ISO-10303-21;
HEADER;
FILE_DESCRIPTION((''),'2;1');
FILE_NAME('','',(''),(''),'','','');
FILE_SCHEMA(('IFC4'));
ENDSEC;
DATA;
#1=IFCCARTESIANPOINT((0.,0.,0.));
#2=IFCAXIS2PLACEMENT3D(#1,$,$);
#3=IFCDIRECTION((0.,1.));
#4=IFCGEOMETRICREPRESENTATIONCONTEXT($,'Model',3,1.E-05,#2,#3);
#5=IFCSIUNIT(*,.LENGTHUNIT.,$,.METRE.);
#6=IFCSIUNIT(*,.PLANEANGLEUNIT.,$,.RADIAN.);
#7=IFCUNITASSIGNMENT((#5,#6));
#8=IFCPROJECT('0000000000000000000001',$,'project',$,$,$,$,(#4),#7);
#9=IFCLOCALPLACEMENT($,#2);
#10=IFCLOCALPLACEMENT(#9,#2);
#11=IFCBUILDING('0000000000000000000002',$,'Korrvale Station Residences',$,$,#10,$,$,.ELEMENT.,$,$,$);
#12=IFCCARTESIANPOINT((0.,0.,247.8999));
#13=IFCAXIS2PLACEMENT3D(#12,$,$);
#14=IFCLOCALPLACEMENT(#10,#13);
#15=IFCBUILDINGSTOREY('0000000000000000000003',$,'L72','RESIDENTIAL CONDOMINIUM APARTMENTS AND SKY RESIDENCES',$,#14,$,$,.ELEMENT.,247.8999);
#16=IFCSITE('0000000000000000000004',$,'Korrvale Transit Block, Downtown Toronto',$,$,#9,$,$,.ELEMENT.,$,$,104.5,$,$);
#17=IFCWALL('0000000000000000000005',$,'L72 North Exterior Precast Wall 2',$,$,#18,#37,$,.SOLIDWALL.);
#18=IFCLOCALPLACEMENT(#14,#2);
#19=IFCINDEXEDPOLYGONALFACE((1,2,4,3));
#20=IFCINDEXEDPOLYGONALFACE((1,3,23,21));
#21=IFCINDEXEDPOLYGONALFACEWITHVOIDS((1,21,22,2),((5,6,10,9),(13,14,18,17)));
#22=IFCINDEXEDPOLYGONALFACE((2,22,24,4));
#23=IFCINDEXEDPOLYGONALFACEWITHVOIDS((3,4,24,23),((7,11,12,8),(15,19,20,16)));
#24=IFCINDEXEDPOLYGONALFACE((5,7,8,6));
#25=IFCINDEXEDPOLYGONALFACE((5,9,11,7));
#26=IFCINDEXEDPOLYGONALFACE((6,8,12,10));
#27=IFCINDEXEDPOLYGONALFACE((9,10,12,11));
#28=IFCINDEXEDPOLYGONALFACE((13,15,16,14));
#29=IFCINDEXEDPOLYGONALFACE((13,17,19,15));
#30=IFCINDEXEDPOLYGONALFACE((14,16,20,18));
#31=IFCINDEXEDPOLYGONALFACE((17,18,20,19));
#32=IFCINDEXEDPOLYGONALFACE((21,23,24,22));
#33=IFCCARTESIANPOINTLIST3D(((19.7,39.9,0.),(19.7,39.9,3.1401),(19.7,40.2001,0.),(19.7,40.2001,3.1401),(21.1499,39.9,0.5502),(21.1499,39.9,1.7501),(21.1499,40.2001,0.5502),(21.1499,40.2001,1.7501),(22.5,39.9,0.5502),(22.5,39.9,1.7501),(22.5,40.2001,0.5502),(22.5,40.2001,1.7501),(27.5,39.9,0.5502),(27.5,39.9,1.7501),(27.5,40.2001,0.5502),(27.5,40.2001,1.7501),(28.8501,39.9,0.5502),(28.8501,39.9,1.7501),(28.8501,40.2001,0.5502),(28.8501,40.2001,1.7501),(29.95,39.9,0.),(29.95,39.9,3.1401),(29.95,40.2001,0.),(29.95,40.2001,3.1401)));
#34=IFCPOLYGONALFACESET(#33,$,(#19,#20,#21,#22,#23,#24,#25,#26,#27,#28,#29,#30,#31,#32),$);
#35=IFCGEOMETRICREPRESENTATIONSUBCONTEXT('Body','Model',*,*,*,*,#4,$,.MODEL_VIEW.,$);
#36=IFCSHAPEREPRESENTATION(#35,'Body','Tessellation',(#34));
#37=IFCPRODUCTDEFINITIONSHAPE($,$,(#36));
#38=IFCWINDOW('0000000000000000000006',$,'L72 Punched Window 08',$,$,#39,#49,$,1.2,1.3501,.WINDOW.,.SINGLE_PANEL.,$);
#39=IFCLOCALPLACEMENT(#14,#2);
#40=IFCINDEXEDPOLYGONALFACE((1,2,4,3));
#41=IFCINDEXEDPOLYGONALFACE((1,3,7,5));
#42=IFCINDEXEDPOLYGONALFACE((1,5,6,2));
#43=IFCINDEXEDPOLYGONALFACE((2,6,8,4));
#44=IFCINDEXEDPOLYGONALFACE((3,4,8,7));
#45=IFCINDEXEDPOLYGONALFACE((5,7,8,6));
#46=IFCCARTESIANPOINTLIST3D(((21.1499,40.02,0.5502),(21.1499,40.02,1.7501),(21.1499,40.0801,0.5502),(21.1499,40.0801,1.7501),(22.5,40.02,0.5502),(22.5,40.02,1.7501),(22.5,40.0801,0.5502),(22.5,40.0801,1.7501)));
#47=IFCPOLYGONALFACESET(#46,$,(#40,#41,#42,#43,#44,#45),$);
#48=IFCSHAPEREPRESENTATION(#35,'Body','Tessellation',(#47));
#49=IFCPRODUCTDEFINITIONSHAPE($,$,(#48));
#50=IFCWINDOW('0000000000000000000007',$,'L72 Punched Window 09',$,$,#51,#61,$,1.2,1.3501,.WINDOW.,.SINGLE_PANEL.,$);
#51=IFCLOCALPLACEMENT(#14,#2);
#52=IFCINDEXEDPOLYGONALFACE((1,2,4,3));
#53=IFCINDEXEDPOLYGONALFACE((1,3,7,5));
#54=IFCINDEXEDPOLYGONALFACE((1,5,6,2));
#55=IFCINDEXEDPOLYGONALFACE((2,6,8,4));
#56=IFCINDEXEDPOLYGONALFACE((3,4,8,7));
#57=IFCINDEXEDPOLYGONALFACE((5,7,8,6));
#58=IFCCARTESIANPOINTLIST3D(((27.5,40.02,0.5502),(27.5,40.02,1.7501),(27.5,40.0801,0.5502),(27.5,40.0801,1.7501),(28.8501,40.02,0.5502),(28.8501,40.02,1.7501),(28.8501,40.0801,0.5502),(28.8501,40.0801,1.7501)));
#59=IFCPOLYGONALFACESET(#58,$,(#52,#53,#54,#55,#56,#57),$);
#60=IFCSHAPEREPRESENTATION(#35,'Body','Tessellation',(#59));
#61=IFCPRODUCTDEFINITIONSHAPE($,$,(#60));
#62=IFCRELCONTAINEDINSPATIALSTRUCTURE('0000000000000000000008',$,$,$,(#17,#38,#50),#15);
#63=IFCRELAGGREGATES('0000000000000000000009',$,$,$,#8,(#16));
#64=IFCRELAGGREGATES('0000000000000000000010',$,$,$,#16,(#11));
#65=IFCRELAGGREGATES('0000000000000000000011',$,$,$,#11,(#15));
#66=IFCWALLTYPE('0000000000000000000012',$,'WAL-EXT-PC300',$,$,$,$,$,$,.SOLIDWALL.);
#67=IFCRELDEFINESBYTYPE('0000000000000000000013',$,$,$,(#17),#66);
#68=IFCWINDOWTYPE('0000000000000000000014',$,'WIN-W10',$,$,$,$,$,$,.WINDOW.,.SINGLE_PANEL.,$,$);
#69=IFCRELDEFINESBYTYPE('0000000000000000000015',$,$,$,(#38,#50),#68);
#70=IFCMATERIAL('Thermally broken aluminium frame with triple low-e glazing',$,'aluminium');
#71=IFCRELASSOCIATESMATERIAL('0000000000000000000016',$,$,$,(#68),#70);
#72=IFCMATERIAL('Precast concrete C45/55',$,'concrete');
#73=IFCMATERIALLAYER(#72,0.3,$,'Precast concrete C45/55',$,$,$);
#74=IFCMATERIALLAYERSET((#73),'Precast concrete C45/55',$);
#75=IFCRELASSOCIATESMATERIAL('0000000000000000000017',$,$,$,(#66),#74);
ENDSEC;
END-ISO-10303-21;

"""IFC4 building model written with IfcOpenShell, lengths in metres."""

from ifc_helpers import new_model, si_unit, direction, frame, frame_2d, origin, place, context, subcontext, project, spatial, rectangle, extrude, material, layer, layer_set, type_object, element, fill, save


model = new_model("IFC4")

# Units and contexts
model_context = context("Model", 3, precision=1e-05, world=origin(), true_north=direction((0.0, 1.0)))
body_context = subcontext(model_context, "Body", "Model", "MODEL_VIEW")
ifc_project = project(units=[si_unit("LENGTHUNIT", "METRE"), si_unit("PLANEANGLEUNIT", "RADIAN")], contexts=[model_context])

# Site, building, storey
site_placement = place(None, origin())
site = spatial("IfcSite", under=ifc_project, at=site_placement, Name="Korrvale Transit Block, Downtown Toronto", CompositionType="ELEMENT", RefElevation=104.5)
building_placement = place(site_placement, origin())
building = spatial("IfcBuilding", under=site, at=building_placement, Name="Korrvale Station Residences", CompositionType="ELEMENT")
storey_placement = place(building_placement, frame((0.0, 0.0, 247.8999)))
storey = spatial("IfcBuildingStorey", under=building, at=storey_placement, Name="L72", Description="RESIDENTIAL CONDOMINIUM APARTMENTS AND SKY RESIDENCES", CompositionType="ELEMENT", Elevation=247.8999)

# Shared definitions
ifc_material_1 = material(Name="Precast concrete C45/55", Category="concrete")

# Shared definitions
ifc_material_2 = material(Name="Thermally broken aluminium frame with triple low-e glazing", Category="aluminium")
window_type = type_object("IfcWindowType", Name="WIN-W10", PartitioningType="SINGLE_PANEL", PredefinedType="WINDOW", material=ifc_material_2)

# Wall, openings, windows
ifc_layer_1 = layer(ifc_material_1, 0.3, Name="Precast concrete C45/55")
ifc_layer_set_1 = layer_set([ifc_layer_1], Name="Precast concrete C45/55")
wall_type_1 = type_object("IfcWallType", Name="WAL-EXT-PC300", PredefinedType="SOLIDWALL", material=ifc_layer_set_1)
wall_1_placement = place(storey_placement, frame((19.7, 40.05, 0.0), z_axis=(0.0, 0.0, 1.0), x_axis=(1.0, 0.0, 0.0)))
wall_1 = element("IfcWall", 1, at=wall_1_placement, inside=storey, type_object=wall_type_1, Name="L72 North Exterior Precast Wall 2", PredefinedType="SOLIDWALL", context=body_context, shape_type="SweptSolid", body=[
    extrude(rectangle(XDim=10.25, YDim=0.3, at=frame_2d((5.125, 0.0))), origin(), (0.0, 0.0, 1.0), 3.1401),
])
opening_1_placement = place(wall_1_placement, frame((1.45, 0.0, 0.55)))
opening_1 = element("IfcOpeningElement", 2, at=opening_1_placement, cuts=wall_1, PredefinedType="OPENING", context=body_context, shape_type="SweptSolid", body=[
    extrude(rectangle(XDim=1.3501, YDim=1.2, at=frame_2d((0.675, 0.6001))), frame((0.0, 0.1602, 0.0), z_axis=(0.0, -1.0, 0.0), x_axis=(1.0, 0.0, 0.0)), (0.0, 0.0, 1.0), 0.3201),
])
opening_2_placement = place(wall_1_placement, frame((7.8, 0.0, 0.55)))
opening_2 = element("IfcOpeningElement", 3, at=opening_2_placement, cuts=wall_1, PredefinedType="OPENING", context=body_context, shape_type="SweptSolid", body=[
    extrude(rectangle(XDim=1.3501, YDim=1.2, at=frame_2d((0.675, 0.6001))), frame((0.0, 0.1602, 0.0), z_axis=(0.0, -1.0, 0.0), x_axis=(1.0, 0.0, 0.0)), (0.0, 0.0, 1.0), 0.3201),
])
window_1_placement = place(opening_1_placement, origin())
window_1 = element("IfcWindow", 4, at=window_1_placement, inside=storey, type_object=window_type, Name="L72 Punched Window 08", OverallHeight=1.2, OverallWidth=1.3501, PartitioningType="SINGLE_PANEL", PredefinedType="WINDOW", context=body_context, shape_type="SweptSolid", body=[
    extrude(rectangle(XDim=1.3501, YDim=1.2, at=frame_2d((0.675, 0.6001))), frame((0.0, 0.03, 0.0), z_axis=(0.0, -1.0, 0.0), x_axis=(1.0, 0.0, 0.0)), (0.0, 0.0, 1.0), 0.0601),
])
fill(opening_1, window_1)
window_2_placement = place(opening_2_placement, origin())
window_2 = element("IfcWindow", 5, at=window_2_placement, inside=storey, type_object=window_type, Name="L72 Punched Window 09", OverallHeight=1.2, OverallWidth=1.3501, PartitioningType="SINGLE_PANEL", PredefinedType="WINDOW", context=body_context, shape_type="SweptSolid", body=[
    extrude(rectangle(XDim=1.3501, YDim=1.2, at=frame_2d((0.675, 0.6001))), frame((0.0, 0.03, 0.0), z_axis=(0.0, -1.0, 0.0), x_axis=(1.0, 0.0, 0.0)), (0.0, 0.0, 1.0), 0.0601),
])
fill(opening_2, window_2)

save(model, "model.ifc")
